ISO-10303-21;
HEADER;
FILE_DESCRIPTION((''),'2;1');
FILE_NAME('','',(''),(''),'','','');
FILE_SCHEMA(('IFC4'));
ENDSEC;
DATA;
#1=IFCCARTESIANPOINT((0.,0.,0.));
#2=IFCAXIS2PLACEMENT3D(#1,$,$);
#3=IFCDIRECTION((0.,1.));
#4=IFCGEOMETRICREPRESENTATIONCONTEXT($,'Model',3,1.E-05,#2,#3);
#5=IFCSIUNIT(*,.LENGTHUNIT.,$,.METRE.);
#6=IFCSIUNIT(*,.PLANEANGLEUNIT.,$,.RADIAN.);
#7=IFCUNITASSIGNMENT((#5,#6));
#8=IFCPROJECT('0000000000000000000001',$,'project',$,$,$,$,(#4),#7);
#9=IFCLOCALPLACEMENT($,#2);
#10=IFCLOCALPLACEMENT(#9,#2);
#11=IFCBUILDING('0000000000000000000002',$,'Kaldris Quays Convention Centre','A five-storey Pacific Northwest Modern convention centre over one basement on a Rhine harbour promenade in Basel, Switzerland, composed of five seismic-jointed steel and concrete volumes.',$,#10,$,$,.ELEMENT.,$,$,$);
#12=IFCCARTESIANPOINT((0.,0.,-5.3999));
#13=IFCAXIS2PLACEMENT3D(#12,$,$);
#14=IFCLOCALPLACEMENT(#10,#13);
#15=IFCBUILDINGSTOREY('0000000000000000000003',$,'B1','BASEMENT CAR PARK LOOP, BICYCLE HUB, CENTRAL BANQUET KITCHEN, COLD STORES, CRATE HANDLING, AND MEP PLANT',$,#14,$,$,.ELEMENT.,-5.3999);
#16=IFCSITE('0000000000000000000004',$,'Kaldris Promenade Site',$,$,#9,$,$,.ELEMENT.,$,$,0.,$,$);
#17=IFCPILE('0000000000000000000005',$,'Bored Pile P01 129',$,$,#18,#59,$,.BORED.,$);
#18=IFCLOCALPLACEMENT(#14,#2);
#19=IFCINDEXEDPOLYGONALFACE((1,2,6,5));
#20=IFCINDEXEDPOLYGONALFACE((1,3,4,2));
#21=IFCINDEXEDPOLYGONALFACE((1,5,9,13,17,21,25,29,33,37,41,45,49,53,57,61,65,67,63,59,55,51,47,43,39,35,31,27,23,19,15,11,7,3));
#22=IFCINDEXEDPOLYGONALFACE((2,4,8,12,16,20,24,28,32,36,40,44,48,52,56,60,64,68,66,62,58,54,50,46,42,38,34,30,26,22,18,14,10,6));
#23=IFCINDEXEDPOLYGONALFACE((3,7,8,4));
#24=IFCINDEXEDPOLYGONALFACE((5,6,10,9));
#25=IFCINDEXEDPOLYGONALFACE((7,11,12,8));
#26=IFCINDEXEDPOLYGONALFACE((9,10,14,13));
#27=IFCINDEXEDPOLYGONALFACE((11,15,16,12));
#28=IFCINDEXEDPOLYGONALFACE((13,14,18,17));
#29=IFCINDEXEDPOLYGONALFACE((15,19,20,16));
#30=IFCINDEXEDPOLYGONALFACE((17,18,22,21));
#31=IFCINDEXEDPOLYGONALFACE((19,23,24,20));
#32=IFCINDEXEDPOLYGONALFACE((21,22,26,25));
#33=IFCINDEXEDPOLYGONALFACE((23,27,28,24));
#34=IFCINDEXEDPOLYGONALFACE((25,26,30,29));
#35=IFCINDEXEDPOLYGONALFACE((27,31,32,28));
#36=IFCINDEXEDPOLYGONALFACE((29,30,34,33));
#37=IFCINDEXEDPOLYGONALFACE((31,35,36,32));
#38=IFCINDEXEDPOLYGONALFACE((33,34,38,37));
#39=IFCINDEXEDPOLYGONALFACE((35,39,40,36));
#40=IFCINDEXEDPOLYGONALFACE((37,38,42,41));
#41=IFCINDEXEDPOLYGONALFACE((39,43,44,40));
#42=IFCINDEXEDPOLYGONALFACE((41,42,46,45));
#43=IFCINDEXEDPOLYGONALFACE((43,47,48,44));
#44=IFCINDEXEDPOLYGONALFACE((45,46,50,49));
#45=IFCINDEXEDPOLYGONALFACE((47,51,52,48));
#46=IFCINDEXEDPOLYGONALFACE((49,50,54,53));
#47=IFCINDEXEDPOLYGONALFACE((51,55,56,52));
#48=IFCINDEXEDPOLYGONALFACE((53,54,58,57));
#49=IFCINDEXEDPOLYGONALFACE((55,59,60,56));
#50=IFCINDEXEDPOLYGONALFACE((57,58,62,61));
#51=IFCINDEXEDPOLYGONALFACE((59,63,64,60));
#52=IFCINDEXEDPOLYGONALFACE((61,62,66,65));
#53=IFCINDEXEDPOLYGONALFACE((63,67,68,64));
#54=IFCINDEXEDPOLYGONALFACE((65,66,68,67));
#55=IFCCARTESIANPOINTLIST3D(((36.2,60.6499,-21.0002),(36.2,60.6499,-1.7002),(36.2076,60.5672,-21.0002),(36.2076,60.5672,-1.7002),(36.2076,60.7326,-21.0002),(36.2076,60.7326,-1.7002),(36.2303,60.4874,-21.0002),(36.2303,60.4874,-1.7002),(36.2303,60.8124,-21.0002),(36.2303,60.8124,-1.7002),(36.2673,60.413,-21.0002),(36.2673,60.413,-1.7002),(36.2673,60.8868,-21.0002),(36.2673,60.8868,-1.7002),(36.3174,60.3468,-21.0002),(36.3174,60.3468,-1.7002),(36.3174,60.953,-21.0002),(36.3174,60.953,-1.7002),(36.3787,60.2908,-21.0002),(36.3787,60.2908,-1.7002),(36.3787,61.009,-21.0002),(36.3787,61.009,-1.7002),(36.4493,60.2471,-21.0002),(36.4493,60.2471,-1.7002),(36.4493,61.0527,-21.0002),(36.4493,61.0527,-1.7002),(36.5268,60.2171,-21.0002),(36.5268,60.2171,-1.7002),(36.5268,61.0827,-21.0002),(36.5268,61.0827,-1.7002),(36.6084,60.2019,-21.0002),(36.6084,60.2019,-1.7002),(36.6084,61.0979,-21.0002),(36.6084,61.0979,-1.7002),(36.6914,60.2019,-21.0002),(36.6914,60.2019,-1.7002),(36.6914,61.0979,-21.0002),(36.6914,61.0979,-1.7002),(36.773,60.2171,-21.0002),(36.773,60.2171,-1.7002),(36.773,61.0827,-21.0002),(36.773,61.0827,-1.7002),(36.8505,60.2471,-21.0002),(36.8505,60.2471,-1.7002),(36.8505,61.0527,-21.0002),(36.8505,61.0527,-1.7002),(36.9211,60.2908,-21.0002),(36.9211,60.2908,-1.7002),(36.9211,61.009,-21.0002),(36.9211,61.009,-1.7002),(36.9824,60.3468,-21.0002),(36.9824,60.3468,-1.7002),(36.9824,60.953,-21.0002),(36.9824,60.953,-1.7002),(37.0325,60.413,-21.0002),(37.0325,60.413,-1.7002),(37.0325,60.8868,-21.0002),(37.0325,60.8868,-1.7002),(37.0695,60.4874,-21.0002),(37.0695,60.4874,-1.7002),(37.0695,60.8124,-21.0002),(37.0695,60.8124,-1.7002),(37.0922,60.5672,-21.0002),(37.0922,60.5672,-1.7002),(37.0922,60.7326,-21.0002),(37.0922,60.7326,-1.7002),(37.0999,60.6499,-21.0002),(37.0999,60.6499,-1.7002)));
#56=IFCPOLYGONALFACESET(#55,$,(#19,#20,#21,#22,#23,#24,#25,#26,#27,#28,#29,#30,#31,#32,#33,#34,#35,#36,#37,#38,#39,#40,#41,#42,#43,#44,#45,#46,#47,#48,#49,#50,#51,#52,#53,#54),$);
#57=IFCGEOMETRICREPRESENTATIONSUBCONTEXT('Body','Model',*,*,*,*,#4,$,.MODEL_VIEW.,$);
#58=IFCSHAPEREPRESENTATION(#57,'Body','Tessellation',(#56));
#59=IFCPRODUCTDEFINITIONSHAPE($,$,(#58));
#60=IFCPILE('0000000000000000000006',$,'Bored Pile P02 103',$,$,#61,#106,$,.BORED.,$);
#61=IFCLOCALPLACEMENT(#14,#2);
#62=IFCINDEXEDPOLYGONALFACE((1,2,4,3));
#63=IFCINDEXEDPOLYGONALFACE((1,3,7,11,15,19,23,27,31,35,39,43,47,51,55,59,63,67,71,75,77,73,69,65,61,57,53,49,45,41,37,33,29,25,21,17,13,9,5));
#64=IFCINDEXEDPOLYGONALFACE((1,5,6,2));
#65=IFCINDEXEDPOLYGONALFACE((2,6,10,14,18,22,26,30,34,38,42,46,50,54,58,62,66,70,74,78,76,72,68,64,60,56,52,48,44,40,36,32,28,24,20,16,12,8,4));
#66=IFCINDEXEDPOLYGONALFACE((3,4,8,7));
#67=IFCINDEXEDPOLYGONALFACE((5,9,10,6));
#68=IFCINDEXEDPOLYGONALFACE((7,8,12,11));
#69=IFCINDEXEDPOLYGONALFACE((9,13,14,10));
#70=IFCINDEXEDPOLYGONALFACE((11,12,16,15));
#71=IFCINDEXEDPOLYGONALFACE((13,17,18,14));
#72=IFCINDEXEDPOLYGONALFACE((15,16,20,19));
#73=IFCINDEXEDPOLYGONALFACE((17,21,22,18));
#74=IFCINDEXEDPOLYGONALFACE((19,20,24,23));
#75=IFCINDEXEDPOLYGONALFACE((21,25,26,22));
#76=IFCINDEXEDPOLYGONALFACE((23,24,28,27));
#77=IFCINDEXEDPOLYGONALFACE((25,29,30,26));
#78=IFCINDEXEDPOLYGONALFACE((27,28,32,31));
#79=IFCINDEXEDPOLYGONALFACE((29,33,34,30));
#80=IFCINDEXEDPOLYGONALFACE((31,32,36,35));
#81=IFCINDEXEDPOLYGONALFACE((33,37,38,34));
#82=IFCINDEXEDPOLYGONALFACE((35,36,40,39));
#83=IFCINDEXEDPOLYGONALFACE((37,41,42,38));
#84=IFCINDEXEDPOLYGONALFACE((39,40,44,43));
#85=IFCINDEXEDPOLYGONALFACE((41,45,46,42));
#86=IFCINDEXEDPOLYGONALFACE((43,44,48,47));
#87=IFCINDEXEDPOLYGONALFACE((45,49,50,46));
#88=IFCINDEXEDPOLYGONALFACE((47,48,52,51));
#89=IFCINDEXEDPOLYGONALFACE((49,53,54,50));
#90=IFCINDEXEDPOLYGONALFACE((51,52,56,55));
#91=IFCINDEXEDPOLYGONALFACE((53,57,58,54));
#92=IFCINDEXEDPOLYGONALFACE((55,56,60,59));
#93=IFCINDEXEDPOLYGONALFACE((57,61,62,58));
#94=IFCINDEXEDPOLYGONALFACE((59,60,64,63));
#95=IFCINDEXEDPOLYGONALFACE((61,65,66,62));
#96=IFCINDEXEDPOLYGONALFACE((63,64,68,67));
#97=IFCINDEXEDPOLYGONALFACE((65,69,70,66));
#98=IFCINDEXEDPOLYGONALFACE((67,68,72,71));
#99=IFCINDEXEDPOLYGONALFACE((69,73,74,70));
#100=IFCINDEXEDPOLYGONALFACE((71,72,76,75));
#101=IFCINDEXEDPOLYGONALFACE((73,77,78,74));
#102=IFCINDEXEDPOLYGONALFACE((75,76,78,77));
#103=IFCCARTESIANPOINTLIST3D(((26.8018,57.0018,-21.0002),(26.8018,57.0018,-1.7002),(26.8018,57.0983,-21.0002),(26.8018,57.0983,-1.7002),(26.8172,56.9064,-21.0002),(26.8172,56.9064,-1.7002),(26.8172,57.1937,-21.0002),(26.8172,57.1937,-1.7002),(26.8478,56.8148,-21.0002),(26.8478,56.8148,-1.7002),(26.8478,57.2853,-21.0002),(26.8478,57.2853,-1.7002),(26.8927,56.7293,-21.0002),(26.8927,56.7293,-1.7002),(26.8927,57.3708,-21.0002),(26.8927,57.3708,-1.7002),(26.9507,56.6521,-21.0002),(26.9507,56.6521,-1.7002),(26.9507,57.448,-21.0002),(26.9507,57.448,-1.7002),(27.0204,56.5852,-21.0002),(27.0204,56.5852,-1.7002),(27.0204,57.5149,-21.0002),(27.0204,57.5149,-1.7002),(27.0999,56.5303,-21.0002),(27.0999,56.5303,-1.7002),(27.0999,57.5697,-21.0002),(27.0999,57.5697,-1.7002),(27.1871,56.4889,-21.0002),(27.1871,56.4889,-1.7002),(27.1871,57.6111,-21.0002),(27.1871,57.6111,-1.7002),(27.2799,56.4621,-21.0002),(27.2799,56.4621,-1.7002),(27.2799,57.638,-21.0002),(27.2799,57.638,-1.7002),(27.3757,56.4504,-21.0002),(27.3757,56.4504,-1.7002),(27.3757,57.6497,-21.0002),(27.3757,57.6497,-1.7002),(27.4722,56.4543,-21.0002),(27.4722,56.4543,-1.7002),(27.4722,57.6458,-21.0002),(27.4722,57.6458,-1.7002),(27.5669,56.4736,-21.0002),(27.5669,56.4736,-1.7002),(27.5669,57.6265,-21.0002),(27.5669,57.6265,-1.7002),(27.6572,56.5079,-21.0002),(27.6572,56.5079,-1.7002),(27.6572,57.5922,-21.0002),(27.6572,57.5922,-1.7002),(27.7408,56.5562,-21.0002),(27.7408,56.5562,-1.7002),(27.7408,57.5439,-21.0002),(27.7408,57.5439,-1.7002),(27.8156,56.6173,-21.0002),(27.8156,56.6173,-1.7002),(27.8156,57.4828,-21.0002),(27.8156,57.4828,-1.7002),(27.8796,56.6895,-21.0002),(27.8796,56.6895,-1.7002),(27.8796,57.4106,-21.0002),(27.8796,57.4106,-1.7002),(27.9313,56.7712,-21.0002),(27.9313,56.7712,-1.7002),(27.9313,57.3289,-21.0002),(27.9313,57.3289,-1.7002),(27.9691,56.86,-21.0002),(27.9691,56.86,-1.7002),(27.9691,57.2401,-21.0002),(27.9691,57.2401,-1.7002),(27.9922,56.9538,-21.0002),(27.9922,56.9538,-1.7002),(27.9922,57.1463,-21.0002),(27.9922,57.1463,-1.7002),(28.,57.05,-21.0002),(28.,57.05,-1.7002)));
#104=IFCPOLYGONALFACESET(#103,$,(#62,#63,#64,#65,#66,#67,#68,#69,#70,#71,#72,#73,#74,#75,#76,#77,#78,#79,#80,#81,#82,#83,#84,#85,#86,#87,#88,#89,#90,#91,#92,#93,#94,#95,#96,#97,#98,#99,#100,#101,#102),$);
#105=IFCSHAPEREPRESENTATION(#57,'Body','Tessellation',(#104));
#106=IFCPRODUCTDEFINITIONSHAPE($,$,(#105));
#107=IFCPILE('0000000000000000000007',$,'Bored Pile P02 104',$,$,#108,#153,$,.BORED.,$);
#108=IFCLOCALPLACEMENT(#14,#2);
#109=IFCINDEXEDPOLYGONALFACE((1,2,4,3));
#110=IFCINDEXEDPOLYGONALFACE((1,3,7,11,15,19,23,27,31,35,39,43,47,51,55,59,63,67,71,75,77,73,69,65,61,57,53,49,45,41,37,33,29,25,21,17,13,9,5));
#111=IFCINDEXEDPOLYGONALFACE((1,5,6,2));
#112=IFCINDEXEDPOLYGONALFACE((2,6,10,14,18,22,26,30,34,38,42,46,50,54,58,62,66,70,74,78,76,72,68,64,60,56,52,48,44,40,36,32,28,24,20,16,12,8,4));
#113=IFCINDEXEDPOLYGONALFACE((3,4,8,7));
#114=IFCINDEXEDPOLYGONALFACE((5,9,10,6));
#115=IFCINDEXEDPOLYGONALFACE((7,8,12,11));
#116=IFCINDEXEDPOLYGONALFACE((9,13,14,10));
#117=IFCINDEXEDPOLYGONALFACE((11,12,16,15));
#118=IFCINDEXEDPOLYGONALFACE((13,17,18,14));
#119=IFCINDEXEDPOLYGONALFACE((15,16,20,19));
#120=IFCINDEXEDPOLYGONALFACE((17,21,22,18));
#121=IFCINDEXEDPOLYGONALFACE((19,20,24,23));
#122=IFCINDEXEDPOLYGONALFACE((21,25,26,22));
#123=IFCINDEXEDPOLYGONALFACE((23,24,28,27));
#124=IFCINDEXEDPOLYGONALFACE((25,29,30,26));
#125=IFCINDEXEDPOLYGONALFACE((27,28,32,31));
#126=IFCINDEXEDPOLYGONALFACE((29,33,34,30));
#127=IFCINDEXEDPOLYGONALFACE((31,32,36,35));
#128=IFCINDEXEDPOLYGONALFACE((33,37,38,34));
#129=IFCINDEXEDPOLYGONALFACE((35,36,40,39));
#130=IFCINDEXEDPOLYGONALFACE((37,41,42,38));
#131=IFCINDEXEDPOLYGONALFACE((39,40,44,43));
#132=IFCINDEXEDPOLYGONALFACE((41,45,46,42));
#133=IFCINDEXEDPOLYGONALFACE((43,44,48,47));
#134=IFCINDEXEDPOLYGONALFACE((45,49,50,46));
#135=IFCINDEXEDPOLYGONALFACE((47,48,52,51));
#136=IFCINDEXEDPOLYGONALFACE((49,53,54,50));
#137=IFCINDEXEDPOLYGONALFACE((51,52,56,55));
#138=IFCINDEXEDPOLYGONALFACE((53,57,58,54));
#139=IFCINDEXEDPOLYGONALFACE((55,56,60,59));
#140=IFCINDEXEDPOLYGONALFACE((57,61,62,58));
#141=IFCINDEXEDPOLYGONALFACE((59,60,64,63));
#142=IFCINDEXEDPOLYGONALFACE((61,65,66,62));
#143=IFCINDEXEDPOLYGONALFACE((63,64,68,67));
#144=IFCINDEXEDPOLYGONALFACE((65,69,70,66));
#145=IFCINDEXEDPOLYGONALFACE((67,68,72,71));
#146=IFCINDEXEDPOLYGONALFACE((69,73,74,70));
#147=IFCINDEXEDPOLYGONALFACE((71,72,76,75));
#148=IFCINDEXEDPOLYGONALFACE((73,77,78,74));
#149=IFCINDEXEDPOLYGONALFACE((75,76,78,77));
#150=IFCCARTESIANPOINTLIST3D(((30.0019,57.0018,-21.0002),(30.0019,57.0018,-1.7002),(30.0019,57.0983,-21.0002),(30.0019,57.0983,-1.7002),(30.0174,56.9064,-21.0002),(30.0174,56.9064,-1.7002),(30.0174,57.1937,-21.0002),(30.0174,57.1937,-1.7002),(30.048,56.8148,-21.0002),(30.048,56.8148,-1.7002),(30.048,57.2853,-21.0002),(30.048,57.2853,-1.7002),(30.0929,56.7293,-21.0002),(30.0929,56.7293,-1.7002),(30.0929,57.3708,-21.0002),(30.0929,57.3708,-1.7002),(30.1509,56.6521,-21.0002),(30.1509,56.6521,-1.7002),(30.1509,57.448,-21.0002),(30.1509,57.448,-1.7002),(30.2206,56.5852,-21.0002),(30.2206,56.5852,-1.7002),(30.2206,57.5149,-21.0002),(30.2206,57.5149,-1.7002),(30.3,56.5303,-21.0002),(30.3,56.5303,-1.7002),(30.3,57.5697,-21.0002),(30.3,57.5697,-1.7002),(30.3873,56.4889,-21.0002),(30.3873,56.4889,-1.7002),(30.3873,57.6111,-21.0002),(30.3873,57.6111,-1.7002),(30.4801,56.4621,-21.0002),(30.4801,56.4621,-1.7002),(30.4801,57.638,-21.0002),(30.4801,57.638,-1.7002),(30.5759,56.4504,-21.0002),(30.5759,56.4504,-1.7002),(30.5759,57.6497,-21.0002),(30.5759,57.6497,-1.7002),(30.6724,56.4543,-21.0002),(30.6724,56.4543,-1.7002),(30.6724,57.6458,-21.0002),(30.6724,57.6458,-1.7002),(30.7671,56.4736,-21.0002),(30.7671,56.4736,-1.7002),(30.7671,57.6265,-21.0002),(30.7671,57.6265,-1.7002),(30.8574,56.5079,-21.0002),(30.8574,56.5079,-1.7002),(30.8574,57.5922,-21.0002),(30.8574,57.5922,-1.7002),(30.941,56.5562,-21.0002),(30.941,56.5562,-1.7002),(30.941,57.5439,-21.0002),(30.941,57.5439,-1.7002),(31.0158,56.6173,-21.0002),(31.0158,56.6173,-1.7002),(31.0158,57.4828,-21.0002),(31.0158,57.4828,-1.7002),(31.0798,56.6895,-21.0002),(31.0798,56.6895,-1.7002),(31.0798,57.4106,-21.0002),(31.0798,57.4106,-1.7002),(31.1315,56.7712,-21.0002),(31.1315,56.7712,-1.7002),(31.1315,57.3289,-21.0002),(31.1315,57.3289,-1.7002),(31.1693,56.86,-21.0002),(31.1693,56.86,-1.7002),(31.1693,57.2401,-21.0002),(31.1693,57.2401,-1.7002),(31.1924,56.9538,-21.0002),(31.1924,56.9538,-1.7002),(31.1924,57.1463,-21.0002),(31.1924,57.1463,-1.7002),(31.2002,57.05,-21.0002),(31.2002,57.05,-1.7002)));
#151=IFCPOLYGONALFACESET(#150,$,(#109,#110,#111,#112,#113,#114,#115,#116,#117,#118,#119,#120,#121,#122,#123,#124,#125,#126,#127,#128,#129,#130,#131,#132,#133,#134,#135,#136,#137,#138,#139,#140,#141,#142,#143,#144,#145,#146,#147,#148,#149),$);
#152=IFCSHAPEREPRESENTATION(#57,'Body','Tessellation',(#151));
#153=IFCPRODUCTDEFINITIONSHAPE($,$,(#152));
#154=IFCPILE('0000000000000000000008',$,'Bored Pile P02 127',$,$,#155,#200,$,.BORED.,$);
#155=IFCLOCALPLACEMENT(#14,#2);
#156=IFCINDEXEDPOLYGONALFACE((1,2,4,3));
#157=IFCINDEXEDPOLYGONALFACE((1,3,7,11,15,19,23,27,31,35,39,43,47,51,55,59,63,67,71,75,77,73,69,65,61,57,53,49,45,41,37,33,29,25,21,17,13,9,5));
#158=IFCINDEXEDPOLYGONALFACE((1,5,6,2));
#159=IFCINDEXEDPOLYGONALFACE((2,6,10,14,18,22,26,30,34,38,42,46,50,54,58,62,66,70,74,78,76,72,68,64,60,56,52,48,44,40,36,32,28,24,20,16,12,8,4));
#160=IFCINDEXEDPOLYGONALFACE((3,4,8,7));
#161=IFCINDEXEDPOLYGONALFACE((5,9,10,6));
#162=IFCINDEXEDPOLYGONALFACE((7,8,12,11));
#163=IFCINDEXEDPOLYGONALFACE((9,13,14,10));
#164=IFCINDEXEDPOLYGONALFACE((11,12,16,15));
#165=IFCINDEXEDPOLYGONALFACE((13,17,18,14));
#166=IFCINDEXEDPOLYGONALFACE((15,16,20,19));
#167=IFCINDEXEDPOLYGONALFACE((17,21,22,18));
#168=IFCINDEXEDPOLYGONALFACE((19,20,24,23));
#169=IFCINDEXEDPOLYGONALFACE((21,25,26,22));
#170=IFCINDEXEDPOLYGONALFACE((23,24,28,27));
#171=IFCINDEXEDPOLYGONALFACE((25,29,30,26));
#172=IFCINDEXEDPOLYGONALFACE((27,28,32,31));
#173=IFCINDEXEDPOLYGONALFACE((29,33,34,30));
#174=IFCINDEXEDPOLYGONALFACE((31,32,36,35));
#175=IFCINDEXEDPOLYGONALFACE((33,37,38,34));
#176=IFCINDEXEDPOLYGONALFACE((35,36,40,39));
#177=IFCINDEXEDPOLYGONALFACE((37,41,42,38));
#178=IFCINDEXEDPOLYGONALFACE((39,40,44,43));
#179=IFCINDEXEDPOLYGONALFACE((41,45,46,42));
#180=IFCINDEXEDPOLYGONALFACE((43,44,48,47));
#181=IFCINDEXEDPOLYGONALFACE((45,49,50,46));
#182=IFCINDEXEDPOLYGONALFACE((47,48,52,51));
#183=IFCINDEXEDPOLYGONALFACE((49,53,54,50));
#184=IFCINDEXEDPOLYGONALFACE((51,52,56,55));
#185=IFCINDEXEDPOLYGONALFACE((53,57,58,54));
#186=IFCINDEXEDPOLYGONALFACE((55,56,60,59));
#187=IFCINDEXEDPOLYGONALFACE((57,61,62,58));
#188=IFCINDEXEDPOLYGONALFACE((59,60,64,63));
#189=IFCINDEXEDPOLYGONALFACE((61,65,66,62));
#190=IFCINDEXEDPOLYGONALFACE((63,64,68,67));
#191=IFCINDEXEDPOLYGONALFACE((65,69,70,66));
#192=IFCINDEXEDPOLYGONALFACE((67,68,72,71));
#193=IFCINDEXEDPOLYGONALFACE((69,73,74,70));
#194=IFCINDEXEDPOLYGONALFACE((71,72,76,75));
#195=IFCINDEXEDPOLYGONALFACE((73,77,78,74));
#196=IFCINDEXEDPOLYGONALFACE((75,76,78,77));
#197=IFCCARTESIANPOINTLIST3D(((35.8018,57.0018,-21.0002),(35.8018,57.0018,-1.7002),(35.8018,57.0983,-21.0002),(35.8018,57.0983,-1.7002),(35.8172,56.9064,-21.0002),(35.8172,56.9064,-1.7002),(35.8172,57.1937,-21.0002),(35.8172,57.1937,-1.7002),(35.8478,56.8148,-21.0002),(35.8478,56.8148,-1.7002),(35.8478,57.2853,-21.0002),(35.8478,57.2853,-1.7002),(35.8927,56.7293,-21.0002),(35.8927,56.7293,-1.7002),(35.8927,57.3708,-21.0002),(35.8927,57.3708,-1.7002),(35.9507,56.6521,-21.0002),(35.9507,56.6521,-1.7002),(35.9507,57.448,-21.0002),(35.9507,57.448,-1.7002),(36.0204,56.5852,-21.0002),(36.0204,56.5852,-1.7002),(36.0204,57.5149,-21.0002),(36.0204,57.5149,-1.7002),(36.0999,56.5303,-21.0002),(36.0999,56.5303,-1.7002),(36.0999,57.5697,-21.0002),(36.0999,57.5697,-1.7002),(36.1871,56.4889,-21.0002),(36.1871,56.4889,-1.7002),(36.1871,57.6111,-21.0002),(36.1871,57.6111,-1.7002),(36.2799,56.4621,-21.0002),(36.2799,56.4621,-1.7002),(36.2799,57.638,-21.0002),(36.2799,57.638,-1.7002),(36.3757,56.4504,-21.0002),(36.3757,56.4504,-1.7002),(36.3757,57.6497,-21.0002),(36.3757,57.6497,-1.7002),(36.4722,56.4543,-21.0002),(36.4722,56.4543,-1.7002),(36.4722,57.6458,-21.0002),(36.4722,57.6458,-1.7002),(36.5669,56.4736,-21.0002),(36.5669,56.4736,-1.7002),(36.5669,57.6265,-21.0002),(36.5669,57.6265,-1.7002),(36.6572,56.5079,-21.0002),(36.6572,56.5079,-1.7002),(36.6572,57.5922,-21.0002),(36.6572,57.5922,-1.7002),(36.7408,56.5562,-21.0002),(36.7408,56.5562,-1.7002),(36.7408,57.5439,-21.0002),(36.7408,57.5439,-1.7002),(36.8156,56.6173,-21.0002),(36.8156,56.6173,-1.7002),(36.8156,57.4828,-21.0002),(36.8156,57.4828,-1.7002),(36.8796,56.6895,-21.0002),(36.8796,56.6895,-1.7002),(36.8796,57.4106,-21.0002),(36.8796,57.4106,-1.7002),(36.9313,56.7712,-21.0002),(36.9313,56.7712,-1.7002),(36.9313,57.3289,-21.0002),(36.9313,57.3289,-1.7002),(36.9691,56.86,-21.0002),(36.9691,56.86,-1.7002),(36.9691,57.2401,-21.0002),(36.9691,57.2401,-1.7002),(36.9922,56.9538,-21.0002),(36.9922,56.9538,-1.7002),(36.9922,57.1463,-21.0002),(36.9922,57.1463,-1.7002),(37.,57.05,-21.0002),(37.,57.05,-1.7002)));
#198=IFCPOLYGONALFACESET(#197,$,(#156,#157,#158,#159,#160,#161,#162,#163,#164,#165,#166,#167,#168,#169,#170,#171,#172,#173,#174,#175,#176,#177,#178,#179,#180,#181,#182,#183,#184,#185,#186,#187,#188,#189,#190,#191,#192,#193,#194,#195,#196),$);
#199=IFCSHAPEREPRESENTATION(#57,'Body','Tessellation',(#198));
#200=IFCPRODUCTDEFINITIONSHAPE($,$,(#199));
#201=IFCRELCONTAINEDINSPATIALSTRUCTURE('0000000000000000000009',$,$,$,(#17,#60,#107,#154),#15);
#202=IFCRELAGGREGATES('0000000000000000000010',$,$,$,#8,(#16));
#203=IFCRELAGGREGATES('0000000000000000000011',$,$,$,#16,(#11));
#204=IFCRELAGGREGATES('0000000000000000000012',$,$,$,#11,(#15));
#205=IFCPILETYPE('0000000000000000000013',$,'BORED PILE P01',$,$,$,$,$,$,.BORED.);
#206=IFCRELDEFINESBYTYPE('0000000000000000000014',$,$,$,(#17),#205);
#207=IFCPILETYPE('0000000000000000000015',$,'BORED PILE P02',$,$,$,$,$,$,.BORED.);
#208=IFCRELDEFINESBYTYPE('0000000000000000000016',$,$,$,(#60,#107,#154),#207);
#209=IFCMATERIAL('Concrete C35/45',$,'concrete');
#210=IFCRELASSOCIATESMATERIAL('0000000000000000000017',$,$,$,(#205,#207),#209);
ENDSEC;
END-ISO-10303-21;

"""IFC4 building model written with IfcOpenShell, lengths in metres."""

from ifc_helpers import new_model, si_unit, direction, frame, origin, origin_2d, place, context, subcontext, project, spatial, circle, extrude, material, material_profile, profile_set, type_object, element, save


model = new_model("IFC4")

# Units and contexts
model_context = context("Model", 3, precision=1e-05, world=origin(), true_north=direction((0.0, 1.0)))
body_context = subcontext(model_context, "Body", "Model", "MODEL_VIEW")
ifc_project = project(units=[si_unit("LENGTHUNIT", "METRE"), si_unit("PLANEANGLEUNIT", "RADIAN")], contexts=[model_context])

# Site, building, storey
site_placement = place(None, origin())
site = spatial("IfcSite", under=ifc_project, at=site_placement, Name="Kaldris Promenade Site", CompositionType="ELEMENT", RefElevation=0.0)
building_placement = place(site_placement, origin())
building = spatial("IfcBuilding", under=site, at=building_placement, Name="Kaldris Quays Convention Centre", Description="A five-storey Pacific Northwest Modern convention centre over one basement on a Rhine harbour promenade in Basel, Switzerland, composed of five seismic-jointed steel and concrete volumes.", CompositionType="ELEMENT")
storey_placement = place(building_placement, frame((0.0, 0.0, -5.3999)))
storey = spatial("IfcBuildingStorey", under=building, at=storey_placement, Name="B1", Description="BASEMENT CAR PARK LOOP, BICYCLE HUB, CENTRAL BANQUET KITCHEN, COLD STORES, CRATE HANDLING, AND MEP PLANT", CompositionType="ELEMENT", Elevation=-5.3999)

# Piles
ifc_material_1 = material(Name="Concrete C35/45", Category="concrete")
ifc_material_profile_1 = material_profile(ifc_material_1, circle(Radius=0.45, at=origin_2d()), Name="BORED PILE D900")
ifc_profile_set_1 = profile_set([ifc_material_profile_1], Name="Concrete C35/45")
pile_type_1 = type_object("IfcPileType", Name="BORED PILE P01", PredefinedType="BORED", material=ifc_profile_set_1)
pile_placement = place(storey_placement, frame((36.6499, 60.6499, -1.7002), z_axis=(0.0, 0.0, -1.0), x_axis=(1.0, 0.0, 0.0)))
element("IfcPile", 1, at=pile_placement, inside=storey, type_object=pile_type_1, Name="Bored Pile P01 129", PredefinedType="BORED", context=body_context, shape_type="SweptSolid", body=[
    extrude(circle(Radius=0.45, at=origin_2d()), origin(), (0.0, 0.0, 1.0), 19.3),
])
ifc_material_profile_2 = material_profile(ifc_material_1, circle(Radius=0.6001, at=origin_2d()), Name="BORED PILE D1200")
ifc_profile_set_2 = profile_set([ifc_material_profile_2], Name="Concrete C35/45")
pile_type_2 = type_object("IfcPileType", Name="BORED PILE P02", PredefinedType="BORED", material=ifc_profile_set_2)
for number, where, z_axis, x_axis, name in (
    (2, (27.3999, 57.05, -1.7002), (0.0, 0.0, -1.0), (1.0, 0.0, 0.0), "Bored Pile P02 103"),
    (3, (30.6001, 57.05, -1.7002), (0.0, 0.0, -1.0), (1.0, 0.0, 0.0), "Bored Pile P02 104"),
    (4, (36.3999, 57.05, -1.7002), (0.0, 0.0, -1.0), (1.0, 0.0, 0.0), "Bored Pile P02 127"),
):
    element("IfcPile", number, at=place(storey_placement, frame(where, z_axis=z_axis, x_axis=x_axis)), inside=storey, type_object=pile_type_2, Name=name, PredefinedType="BORED", context=body_context, shape_type="SweptSolid", body=[
        extrude(circle(Radius=0.6001, at=origin_2d()), origin(), (0.0, 0.0, 1.0), 19.3),
    ])

save(model, "model.ifc")
